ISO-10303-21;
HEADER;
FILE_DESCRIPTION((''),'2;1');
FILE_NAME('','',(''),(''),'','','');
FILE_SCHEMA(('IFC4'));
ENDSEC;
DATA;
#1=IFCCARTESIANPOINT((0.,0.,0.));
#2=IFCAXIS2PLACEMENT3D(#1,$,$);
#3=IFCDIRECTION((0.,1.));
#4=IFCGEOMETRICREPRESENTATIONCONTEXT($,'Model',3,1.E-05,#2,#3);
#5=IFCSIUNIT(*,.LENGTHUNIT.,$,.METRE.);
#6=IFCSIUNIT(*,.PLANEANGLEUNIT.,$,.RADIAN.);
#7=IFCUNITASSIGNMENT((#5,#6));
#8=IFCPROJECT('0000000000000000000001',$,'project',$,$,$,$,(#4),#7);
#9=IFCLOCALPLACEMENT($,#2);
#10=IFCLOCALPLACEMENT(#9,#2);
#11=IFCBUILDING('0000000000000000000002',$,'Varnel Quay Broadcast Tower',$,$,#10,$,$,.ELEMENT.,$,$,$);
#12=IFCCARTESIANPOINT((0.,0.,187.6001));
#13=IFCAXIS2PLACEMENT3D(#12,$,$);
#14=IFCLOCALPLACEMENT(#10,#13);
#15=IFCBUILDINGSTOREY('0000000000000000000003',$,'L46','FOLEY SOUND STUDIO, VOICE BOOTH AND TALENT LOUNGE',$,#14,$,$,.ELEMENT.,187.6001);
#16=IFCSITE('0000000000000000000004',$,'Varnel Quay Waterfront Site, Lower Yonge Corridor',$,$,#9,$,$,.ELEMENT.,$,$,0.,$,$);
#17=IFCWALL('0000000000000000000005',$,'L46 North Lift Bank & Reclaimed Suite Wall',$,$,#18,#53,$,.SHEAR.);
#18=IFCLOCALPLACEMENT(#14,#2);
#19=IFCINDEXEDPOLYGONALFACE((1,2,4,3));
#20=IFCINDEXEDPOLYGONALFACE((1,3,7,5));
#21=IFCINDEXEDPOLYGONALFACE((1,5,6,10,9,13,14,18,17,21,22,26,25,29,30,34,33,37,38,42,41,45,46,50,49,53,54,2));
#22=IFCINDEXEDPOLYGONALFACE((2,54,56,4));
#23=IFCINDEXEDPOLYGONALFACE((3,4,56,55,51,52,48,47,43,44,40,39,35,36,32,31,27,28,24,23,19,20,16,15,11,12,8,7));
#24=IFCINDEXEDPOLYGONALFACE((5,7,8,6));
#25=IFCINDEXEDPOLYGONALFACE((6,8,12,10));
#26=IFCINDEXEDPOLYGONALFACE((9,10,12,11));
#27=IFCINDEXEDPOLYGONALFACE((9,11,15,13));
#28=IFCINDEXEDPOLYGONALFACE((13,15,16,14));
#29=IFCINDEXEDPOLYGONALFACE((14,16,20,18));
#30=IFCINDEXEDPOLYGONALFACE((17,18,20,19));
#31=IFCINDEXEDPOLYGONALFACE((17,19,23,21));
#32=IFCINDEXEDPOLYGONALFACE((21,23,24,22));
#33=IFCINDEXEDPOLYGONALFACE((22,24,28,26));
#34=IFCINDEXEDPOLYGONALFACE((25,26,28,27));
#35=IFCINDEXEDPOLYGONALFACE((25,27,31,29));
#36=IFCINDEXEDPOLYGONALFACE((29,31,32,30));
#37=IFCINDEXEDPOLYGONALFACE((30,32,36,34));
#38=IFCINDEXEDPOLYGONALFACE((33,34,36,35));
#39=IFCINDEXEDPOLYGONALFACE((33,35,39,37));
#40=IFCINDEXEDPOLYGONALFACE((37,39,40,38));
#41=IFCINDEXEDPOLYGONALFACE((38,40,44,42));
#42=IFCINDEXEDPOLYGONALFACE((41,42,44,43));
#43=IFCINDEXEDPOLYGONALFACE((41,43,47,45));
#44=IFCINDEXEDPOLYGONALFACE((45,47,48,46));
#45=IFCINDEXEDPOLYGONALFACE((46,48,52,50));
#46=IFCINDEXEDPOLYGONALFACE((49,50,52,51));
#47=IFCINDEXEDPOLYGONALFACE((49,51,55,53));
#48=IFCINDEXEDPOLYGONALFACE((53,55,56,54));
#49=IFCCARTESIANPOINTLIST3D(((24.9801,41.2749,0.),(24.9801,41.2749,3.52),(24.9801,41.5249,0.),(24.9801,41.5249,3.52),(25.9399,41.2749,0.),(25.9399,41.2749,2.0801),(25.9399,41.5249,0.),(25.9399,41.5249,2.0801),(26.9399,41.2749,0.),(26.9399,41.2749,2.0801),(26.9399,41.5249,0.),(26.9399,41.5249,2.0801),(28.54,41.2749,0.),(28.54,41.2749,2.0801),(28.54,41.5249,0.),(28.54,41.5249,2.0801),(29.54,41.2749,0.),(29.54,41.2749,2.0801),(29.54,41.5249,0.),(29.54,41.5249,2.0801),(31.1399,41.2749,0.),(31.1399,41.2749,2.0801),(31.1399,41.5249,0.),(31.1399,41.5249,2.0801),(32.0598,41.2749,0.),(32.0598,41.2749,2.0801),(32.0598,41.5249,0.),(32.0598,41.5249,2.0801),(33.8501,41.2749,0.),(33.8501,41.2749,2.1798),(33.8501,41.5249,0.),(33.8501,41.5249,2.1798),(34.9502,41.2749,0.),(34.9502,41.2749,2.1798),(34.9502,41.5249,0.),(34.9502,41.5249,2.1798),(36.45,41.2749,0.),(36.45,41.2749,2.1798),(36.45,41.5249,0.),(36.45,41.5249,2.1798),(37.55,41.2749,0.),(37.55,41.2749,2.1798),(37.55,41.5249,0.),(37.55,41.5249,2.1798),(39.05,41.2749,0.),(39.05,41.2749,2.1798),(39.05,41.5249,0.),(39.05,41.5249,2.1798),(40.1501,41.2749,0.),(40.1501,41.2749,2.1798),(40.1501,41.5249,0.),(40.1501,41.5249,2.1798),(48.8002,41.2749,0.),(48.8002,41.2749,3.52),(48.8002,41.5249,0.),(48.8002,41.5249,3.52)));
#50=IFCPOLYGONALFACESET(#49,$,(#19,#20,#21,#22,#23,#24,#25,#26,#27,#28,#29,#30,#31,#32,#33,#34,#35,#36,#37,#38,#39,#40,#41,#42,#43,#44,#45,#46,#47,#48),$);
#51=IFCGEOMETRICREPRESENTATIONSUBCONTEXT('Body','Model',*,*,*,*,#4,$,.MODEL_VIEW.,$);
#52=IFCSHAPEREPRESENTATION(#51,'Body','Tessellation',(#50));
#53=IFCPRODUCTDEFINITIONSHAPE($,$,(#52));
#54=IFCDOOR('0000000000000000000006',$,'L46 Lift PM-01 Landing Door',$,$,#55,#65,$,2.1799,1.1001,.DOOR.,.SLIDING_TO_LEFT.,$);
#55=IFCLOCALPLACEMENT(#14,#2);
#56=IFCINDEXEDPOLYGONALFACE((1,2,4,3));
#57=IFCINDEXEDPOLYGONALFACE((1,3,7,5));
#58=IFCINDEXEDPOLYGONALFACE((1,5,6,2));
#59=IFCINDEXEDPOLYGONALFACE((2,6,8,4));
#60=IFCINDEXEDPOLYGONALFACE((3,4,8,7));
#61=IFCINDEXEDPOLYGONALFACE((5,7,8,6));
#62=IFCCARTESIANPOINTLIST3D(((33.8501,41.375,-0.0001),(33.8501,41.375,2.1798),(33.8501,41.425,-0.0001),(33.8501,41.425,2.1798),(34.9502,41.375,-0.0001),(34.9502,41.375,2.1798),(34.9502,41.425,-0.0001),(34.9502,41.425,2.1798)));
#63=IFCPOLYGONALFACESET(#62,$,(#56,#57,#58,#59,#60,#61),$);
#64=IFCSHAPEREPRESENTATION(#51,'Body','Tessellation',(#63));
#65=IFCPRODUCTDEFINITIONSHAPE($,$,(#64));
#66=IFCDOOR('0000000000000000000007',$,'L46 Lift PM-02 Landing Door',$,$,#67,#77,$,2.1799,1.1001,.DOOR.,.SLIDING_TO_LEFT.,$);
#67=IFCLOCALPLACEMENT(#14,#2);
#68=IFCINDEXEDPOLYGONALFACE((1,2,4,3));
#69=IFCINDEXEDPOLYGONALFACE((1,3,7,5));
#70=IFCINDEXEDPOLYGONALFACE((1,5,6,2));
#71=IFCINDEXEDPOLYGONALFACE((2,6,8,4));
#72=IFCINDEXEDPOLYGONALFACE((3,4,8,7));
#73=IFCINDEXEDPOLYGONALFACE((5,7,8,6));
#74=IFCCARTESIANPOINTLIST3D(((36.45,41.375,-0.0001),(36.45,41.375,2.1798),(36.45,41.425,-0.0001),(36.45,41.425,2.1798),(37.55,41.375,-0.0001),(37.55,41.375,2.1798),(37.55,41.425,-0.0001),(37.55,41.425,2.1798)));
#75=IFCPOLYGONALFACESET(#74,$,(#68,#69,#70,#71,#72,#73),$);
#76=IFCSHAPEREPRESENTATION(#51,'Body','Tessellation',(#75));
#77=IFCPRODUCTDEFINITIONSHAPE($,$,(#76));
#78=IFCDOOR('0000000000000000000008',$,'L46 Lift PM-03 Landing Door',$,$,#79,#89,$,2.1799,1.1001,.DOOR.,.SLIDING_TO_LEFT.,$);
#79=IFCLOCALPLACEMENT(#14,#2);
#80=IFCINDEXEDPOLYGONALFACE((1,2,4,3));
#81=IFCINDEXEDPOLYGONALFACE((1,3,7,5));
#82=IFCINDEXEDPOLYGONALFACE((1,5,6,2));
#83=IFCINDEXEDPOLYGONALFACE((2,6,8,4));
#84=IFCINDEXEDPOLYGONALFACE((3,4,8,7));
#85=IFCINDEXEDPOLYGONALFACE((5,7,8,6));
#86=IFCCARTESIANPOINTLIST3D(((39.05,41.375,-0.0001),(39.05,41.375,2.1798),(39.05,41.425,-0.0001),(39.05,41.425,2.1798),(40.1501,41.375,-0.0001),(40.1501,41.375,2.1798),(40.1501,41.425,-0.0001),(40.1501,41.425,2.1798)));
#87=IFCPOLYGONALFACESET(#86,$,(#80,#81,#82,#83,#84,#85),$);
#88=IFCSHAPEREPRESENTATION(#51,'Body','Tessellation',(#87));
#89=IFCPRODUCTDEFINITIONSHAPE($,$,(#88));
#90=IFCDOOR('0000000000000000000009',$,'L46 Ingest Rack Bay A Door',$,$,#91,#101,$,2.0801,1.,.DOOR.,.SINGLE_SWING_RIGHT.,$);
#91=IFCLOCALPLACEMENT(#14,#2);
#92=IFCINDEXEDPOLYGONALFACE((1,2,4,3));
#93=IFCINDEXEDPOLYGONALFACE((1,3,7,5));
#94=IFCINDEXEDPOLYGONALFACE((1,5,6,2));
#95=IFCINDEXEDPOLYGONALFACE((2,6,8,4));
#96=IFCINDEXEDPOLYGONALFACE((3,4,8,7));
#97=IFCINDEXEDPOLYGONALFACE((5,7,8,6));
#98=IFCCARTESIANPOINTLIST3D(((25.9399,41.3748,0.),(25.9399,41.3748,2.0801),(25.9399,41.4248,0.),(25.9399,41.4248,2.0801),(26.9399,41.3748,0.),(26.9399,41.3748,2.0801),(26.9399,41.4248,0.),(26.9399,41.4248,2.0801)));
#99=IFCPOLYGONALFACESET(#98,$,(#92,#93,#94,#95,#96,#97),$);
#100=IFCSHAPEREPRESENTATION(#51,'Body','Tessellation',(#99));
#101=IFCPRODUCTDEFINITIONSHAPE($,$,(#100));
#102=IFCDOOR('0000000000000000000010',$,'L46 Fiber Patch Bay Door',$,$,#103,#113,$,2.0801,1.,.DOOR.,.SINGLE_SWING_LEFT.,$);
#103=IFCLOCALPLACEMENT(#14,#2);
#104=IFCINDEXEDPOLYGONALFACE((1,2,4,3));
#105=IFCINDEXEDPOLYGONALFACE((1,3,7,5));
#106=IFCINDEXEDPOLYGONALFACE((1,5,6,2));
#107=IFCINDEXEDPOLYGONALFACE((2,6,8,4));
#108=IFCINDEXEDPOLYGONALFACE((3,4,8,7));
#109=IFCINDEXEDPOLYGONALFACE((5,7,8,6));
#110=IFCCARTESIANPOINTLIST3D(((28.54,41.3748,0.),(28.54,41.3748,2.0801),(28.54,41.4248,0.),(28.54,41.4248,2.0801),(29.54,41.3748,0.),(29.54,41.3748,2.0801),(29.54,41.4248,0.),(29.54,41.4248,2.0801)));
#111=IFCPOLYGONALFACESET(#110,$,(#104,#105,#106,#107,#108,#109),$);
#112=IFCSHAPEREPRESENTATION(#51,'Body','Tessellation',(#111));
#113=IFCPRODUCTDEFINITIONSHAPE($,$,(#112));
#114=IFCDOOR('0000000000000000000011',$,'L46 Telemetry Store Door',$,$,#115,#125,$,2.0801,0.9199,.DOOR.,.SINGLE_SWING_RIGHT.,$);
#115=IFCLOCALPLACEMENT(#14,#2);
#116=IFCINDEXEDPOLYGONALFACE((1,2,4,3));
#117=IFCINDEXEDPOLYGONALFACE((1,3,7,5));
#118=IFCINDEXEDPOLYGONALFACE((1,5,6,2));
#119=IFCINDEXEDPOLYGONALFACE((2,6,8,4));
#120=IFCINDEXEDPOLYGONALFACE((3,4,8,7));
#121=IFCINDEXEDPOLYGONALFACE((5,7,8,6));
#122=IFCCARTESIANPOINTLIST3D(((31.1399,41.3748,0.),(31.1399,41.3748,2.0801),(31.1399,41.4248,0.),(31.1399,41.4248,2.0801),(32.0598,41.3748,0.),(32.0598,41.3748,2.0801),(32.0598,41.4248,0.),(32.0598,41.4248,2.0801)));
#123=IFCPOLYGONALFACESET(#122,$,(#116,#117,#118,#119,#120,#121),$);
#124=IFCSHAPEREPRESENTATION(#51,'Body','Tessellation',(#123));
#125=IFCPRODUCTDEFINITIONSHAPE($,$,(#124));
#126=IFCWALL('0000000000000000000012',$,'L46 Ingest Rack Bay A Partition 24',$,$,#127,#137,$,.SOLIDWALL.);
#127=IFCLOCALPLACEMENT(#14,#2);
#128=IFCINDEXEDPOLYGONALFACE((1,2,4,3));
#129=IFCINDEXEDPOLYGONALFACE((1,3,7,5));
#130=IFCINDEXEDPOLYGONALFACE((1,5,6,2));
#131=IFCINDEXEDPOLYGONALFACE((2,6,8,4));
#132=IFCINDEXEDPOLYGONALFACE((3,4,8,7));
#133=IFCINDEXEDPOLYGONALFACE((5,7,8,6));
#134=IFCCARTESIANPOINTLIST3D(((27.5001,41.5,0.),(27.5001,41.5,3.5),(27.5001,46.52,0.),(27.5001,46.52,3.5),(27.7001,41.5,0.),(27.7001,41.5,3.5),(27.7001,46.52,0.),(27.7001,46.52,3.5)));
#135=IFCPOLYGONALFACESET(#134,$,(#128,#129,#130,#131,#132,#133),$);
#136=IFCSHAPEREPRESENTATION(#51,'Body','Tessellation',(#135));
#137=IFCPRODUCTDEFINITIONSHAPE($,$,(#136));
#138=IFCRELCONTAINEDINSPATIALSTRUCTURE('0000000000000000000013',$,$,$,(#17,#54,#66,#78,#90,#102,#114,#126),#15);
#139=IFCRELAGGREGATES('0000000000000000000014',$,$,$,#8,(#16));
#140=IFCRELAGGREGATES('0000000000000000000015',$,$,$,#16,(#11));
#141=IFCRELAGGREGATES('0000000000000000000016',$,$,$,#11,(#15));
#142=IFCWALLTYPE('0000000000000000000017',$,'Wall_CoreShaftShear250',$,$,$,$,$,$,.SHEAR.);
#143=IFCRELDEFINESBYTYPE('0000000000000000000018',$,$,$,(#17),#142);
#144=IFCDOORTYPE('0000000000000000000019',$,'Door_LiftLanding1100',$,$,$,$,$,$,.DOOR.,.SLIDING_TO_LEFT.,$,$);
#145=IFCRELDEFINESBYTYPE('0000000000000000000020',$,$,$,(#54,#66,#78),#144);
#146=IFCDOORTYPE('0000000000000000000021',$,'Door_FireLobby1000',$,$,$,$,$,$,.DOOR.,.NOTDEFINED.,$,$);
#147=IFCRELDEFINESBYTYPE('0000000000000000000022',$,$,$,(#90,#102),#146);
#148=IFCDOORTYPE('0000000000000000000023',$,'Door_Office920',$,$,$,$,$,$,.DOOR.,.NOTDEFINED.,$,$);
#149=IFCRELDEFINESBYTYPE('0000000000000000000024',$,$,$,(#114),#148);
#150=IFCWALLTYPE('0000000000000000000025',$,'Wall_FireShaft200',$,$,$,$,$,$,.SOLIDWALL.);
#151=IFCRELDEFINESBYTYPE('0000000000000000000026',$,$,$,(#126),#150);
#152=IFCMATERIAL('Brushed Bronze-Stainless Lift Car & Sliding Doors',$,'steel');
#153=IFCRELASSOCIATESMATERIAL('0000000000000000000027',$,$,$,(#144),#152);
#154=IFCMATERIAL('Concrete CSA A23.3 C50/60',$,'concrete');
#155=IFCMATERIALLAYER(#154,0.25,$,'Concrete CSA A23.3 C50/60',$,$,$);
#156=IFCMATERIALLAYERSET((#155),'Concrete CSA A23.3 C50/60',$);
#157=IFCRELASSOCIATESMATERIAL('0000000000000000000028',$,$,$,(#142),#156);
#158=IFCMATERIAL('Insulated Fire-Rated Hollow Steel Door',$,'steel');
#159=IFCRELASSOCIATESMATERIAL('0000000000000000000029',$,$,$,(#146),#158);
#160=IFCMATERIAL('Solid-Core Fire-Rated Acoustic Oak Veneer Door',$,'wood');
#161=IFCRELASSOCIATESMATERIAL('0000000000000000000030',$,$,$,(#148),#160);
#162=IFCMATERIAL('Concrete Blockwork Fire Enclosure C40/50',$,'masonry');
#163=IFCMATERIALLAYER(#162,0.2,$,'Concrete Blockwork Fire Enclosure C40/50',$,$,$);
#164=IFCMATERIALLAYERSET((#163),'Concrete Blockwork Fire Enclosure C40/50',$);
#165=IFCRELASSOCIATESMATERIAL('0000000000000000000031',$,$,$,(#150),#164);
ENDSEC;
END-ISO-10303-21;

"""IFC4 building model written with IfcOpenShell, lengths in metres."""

from ifc_helpers import new_model, si_unit, direction, frame, frame_2d, origin, place, context, subcontext, project, spatial, rectangle, extrude, source, transform, mapped, material, layer, layer_set, type_object, type_shapes, element, fill, save


model = new_model("IFC4")

# Units and contexts
model_context = context("Model", 3, precision=1e-05, world=origin(), true_north=direction((0.0, 1.0)))
body_context = subcontext(model_context, "Body", "Model", "MODEL_VIEW")
ifc_project = project(units=[si_unit("LENGTHUNIT", "METRE"), si_unit("PLANEANGLEUNIT", "RADIAN")], contexts=[model_context])

# Site, building, storey
site_placement = place(None, origin())
site = spatial("IfcSite", under=ifc_project, at=site_placement, Name="Varnel Quay Waterfront Site, Lower Yonge Corridor", CompositionType="ELEMENT", RefElevation=0.0)
building_placement = place(site_placement, origin())
building = spatial("IfcBuilding", under=site, at=building_placement, Name="Varnel Quay Broadcast Tower", CompositionType="ELEMENT")
storey_placement = place(building_placement, frame((0.0, 0.0, 187.6001)))
storey = spatial("IfcBuildingStorey", under=building, at=storey_placement, Name="L46", Description="FOLEY SOUND STUDIO, VOICE BOOTH AND TALENT LOUNGE", CompositionType="ELEMENT", Elevation=187.6001)

# Shared definitions
ifc_material_1 = material(Name="Concrete CSA A23.3 C50/60", Category="concrete")
ifc_material_2 = material(Name="Brushed Bronze-Stainless Lift Car & Sliding Doors", Category="steel")
door_type_1 = type_object("IfcDoorType", Name="Door_LiftLanding1100", OperationType="SLIDING_TO_LEFT", PredefinedType="DOOR", material=ifc_material_2)
shared_shape_1 = source(origin(), body_context, "Body", "SweptSolid", [
    extrude(rectangle(XDim=1.1001, YDim=2.1799, at=frame_2d((0.55, 1.0898))), frame((0.0, 0.0249, 0.0), z_axis=(0.0, -1.0, 0.0), x_axis=(1.0, 0.0, 0.0)), (0.0, 0.0, 1.0), 0.05),
])
type_shapes(door_type_1, [shared_shape_1])

# Shared definitions
ifc_layer_1 = layer(ifc_material_1, 0.25, Name="Concrete CSA A23.3 C50/60")
ifc_layer_set_1 = layer_set([ifc_layer_1], Name="Concrete CSA A23.3 C50/60")
wall_type_1 = type_object("IfcWallType", Name="Wall_CoreShaftShear250", PredefinedType="SHEAR", material=ifc_layer_set_1)

# Wall, openings, doors
wall_1_placement = place(storey_placement, frame((24.98, 41.3999, 0.0), z_axis=(0.0, 0.0, 1.0), x_axis=(1.0, 0.0, 0.0)))
wall_1 = element("IfcWall", 1, at=wall_1_placement, inside=storey, type_object=wall_type_1, Name="L46 North Lift Bank & Reclaimed Suite Wall", PredefinedType="SHEAR", context=body_context, shape_type="SweptSolid", body=[
    extrude(rectangle(XDim=23.8201, YDim=0.25, at=frame_2d((11.9102, 0.0))), origin(), (0.0, 0.0, 1.0), 3.52),
])
opening_1_placement = place(wall_1_placement, frame((8.8701, 0.0, 0.0)))
opening_1 = element("IfcOpeningElement", 2, at=opening_1_placement, cuts=wall_1, PredefinedType="OPENING", context=body_context, shape_type="SweptSolid", body=[
    extrude(rectangle(XDim=1.1001, YDim=2.1799, at=frame_2d((0.55, 1.0898))), frame((0.0, 0.135, 0.0), z_axis=(0.0, -1.0, 0.0), x_axis=(1.0, 0.0, 0.0)), (0.0, 0.0, 1.0), 0.27),
])
opening_2_placement = place(wall_1_placement, frame((11.47, 0.0, 0.0)))
opening_2 = element("IfcOpeningElement", 3, at=opening_2_placement, cuts=wall_1, PredefinedType="OPENING", context=body_context, shape_type="SweptSolid", body=[
    extrude(rectangle(XDim=1.1001, YDim=2.1799, at=frame_2d((0.55, 1.0898))), frame((0.0, 0.135, 0.0), z_axis=(0.0, -1.0, 0.0), x_axis=(1.0, 0.0, 0.0)), (0.0, 0.0, 1.0), 0.27),
])
opening_3_placement = place(wall_1_placement, frame((14.0701, 0.0, 0.0)))
opening_3 = element("IfcOpeningElement", 4, at=opening_3_placement, cuts=wall_1, PredefinedType="OPENING", context=body_context, shape_type="SweptSolid", body=[
    extrude(rectangle(XDim=1.1001, YDim=2.1799, at=frame_2d((0.55, 1.0898))), frame((0.0, 0.135, 0.0), z_axis=(0.0, -1.0, 0.0), x_axis=(1.0, 0.0, 0.0)), (0.0, 0.0, 1.0), 0.27),
])
opening_4_placement = place(wall_1_placement, frame((0.96, 0.0, 0.0)))
opening_4 = element("IfcOpeningElement", 5, at=opening_4_placement, cuts=wall_1, PredefinedType="OPENING", context=body_context, shape_type="SweptSolid", body=[
    extrude(rectangle(XDim=1.0, YDim=2.0801, at=frame_2d((0.5, 1.04))), frame((0.0, 0.135, 0.0), z_axis=(0.0, -1.0, 0.0), x_axis=(1.0, 0.0, 0.0)), (0.0, 0.0, 1.0), 0.27),
])
opening_5_placement = place(wall_1_placement, frame((3.5601, 0.0, 0.0)))
opening_5 = element("IfcOpeningElement", 6, at=opening_5_placement, cuts=wall_1, PredefinedType="OPENING", context=body_context, shape_type="SweptSolid", body=[
    extrude(rectangle(XDim=1.0, YDim=2.0801, at=frame_2d((0.5, 1.04))), frame((0.0, 0.135, 0.0), z_axis=(0.0, -1.0, 0.0), x_axis=(1.0, 0.0, 0.0)), (0.0, 0.0, 1.0), 0.27),
])
opening_6_placement = place(wall_1_placement, frame((6.1599, 0.0, 0.0)))
opening_6 = element("IfcOpeningElement", 7, at=opening_6_placement, cuts=wall_1, PredefinedType="OPENING", context=body_context, shape_type="SweptSolid", body=[
    extrude(rectangle(XDim=0.9199, YDim=2.0801, at=frame_2d((0.46, 1.04))), frame((0.0, 0.135, 0.0), z_axis=(0.0, -1.0, 0.0), x_axis=(1.0, 0.0, 0.0)), (0.0, 0.0, 1.0), 0.27),
])
door_1_placement = place(opening_1_placement, frame((1.1001, 0.0, 0.0), z_axis=(0.0, 0.0, 1.0), x_axis=(-1.0, 0.0, 0.0)))
door_1 = element("IfcDoor", 8, at=door_1_placement, inside=storey, type_object=door_type_1, Name="L46 Lift PM-01 Landing Door", OperationType="SLIDING_TO_LEFT", OverallHeight=2.1799, OverallWidth=1.1001, PredefinedType="DOOR", context=body_context, shape_type="MappedRepresentation", body=[
    mapped(shared_shape_1, transform((0.0, 0.0, 0.0), x_axis=(1.0, 0.0, 0.0), y_axis=(0.0, 1.0, 0.0), z_axis=(0.0, 0.0, 1.0), scale=1.0)),
])
fill(opening_1, door_1)
door_2_placement = place(opening_2_placement, frame((1.1001, 0.0, 0.0), z_axis=(0.0, 0.0, 1.0), x_axis=(-1.0, 0.0, 0.0)))
door_2 = element("IfcDoor", 9, at=door_2_placement, inside=storey, type_object=door_type_1, Name="L46 Lift PM-02 Landing Door", OperationType="SLIDING_TO_LEFT", OverallHeight=2.1799, OverallWidth=1.1001, PredefinedType="DOOR", context=body_context, shape_type="MappedRepresentation", body=[
    mapped(shared_shape_1, transform((0.0, 0.0, 0.0), x_axis=(1.0, 0.0, 0.0), y_axis=(0.0, 1.0, 0.0), z_axis=(0.0, 0.0, 1.0), scale=1.0)),
])
fill(opening_2, door_2)
door_3_placement = place(opening_3_placement, frame((1.1001, 0.0, 0.0), z_axis=(0.0, 0.0, 1.0), x_axis=(-1.0, 0.0, 0.0)))
door_3 = element("IfcDoor", 10, at=door_3_placement, inside=storey, type_object=door_type_1, Name="L46 Lift PM-03 Landing Door", OperationType="SLIDING_TO_LEFT", OverallHeight=2.1799, OverallWidth=1.1001, PredefinedType="DOOR", context=body_context, shape_type="MappedRepresentation", body=[
    mapped(shared_shape_1, transform((0.0, 0.0, 0.0), x_axis=(1.0, 0.0, 0.0), y_axis=(0.0, 1.0, 0.0), z_axis=(0.0, 0.0, 1.0), scale=1.0)),
])
fill(opening_3, door_3)
ifc_material_3 = material(Name="Insulated Fire-Rated Hollow Steel Door", Category="steel")
door_type_2 = type_object("IfcDoorType", Name="Door_FireLobby1000", OperationType="NOTDEFINED", PredefinedType="DOOR", material=ifc_material_3)
shared_shape_2 = source(origin(), body_context, "Body", "SweptSolid", [
    extrude(rectangle(XDim=1.0, YDim=2.0801, at=frame_2d((0.5, 1.04))), frame((0.0, 0.0249, 0.0), z_axis=(0.0, -1.0, 0.0), x_axis=(1.0, 0.0, 0.0)), (0.0, 0.0, 1.0), 0.05),
])
type_shapes(door_type_2, [shared_shape_2])
door_4_placement = place(opening_4_placement, origin())
door_4 = element("IfcDoor", 11, at=door_4_placement, inside=storey, type_object=door_type_2, Name="L46 Ingest Rack Bay A Door", OperationType="SINGLE_SWING_RIGHT", OverallHeight=2.0801, OverallWidth=1.0, PredefinedType="DOOR", context=body_context, shape_type="MappedRepresentation", body=[
    mapped(shared_shape_2, transform((0.0, 0.0, 0.0), x_axis=(1.0, 0.0, 0.0), y_axis=(0.0, 1.0, 0.0), z_axis=(0.0, 0.0, 1.0), scale=1.0)),
])
fill(opening_4, door_4)
door_5_placement = place(opening_5_placement, origin())
door_5 = element("IfcDoor", 12, at=door_5_placement, inside=storey, type_object=door_type_2, Name="L46 Fiber Patch Bay Door", OperationType="SINGLE_SWING_LEFT", OverallHeight=2.0801, OverallWidth=1.0, PredefinedType="DOOR", context=body_context, shape_type="MappedRepresentation", body=[
    mapped(shared_shape_2, transform((0.0, 0.0, 0.0), x_axis=(1.0, 0.0, 0.0), y_axis=(0.0, 1.0, 0.0), z_axis=(0.0, 0.0, 1.0), scale=1.0)),
])
fill(opening_5, door_5)
ifc_material_4 = material(Name="Solid-Core Fire-Rated Acoustic Oak Veneer Door", Category="wood")
door_type_3 = type_object("IfcDoorType", Name="Door_Office920", OperationType="NOTDEFINED", PredefinedType="DOOR", material=ifc_material_4)
shared_shape_3 = source(origin(), body_context, "Body", "SweptSolid", [
    extrude(rectangle(XDim=0.9199, YDim=2.0801, at=frame_2d((0.46, 1.04))), frame((0.0, 0.0249, 0.0), z_axis=(0.0, -1.0, 0.0), x_axis=(1.0, 0.0, 0.0)), (0.0, 0.0, 1.0), 0.05),
])
type_shapes(door_type_3, [shared_shape_3])
door_6_placement = place(opening_6_placement, origin())
door_6 = element("IfcDoor", 13, at=door_6_placement, inside=storey, type_object=door_type_3, Name="L46 Telemetry Store Door", OperationType="SINGLE_SWING_RIGHT", OverallHeight=2.0801, OverallWidth=0.9199, PredefinedType="DOOR", context=body_context, shape_type="MappedRepresentation", body=[
    mapped(shared_shape_3, transform((0.0, 0.0, 0.0), x_axis=(1.0, 0.0, 0.0), y_axis=(0.0, 1.0, 0.0), z_axis=(0.0, 0.0, 1.0), scale=1.0)),
])
fill(opening_6, door_6)

# Wall
ifc_material_5 = material(Name="Concrete Blockwork Fire Enclosure C40/50", Category="masonry")
ifc_layer_2 = layer(ifc_material_5, 0.2, Name="Concrete Blockwork Fire Enclosure C40/50")
ifc_layer_set_2 = layer_set([ifc_layer_2], Name="Concrete Blockwork Fire Enclosure C40/50")
wall_type_2 = type_object("IfcWallType", Name="Wall_FireShaft200", PredefinedType="SOLIDWALL", material=ifc_layer_set_2)
wall_2_placement = place(storey_placement, frame((27.6001, 41.5, 0.0), z_axis=(0.0, 0.0, 1.0), x_axis=(0.0, 1.0, 0.0)))
element("IfcWall", 14, at=wall_2_placement, inside=storey, type_object=wall_type_2, Name="L46 Ingest Rack Bay A Partition 24", PredefinedType="SOLIDWALL", context=body_context, shape_type="SweptSolid", body=[
    extrude(rectangle(XDim=5.02, YDim=0.2, at=frame_2d((2.51, 0.0))), origin(), (0.0, 0.0, 1.0), 3.5),
])

save(model, "model.ifc")
